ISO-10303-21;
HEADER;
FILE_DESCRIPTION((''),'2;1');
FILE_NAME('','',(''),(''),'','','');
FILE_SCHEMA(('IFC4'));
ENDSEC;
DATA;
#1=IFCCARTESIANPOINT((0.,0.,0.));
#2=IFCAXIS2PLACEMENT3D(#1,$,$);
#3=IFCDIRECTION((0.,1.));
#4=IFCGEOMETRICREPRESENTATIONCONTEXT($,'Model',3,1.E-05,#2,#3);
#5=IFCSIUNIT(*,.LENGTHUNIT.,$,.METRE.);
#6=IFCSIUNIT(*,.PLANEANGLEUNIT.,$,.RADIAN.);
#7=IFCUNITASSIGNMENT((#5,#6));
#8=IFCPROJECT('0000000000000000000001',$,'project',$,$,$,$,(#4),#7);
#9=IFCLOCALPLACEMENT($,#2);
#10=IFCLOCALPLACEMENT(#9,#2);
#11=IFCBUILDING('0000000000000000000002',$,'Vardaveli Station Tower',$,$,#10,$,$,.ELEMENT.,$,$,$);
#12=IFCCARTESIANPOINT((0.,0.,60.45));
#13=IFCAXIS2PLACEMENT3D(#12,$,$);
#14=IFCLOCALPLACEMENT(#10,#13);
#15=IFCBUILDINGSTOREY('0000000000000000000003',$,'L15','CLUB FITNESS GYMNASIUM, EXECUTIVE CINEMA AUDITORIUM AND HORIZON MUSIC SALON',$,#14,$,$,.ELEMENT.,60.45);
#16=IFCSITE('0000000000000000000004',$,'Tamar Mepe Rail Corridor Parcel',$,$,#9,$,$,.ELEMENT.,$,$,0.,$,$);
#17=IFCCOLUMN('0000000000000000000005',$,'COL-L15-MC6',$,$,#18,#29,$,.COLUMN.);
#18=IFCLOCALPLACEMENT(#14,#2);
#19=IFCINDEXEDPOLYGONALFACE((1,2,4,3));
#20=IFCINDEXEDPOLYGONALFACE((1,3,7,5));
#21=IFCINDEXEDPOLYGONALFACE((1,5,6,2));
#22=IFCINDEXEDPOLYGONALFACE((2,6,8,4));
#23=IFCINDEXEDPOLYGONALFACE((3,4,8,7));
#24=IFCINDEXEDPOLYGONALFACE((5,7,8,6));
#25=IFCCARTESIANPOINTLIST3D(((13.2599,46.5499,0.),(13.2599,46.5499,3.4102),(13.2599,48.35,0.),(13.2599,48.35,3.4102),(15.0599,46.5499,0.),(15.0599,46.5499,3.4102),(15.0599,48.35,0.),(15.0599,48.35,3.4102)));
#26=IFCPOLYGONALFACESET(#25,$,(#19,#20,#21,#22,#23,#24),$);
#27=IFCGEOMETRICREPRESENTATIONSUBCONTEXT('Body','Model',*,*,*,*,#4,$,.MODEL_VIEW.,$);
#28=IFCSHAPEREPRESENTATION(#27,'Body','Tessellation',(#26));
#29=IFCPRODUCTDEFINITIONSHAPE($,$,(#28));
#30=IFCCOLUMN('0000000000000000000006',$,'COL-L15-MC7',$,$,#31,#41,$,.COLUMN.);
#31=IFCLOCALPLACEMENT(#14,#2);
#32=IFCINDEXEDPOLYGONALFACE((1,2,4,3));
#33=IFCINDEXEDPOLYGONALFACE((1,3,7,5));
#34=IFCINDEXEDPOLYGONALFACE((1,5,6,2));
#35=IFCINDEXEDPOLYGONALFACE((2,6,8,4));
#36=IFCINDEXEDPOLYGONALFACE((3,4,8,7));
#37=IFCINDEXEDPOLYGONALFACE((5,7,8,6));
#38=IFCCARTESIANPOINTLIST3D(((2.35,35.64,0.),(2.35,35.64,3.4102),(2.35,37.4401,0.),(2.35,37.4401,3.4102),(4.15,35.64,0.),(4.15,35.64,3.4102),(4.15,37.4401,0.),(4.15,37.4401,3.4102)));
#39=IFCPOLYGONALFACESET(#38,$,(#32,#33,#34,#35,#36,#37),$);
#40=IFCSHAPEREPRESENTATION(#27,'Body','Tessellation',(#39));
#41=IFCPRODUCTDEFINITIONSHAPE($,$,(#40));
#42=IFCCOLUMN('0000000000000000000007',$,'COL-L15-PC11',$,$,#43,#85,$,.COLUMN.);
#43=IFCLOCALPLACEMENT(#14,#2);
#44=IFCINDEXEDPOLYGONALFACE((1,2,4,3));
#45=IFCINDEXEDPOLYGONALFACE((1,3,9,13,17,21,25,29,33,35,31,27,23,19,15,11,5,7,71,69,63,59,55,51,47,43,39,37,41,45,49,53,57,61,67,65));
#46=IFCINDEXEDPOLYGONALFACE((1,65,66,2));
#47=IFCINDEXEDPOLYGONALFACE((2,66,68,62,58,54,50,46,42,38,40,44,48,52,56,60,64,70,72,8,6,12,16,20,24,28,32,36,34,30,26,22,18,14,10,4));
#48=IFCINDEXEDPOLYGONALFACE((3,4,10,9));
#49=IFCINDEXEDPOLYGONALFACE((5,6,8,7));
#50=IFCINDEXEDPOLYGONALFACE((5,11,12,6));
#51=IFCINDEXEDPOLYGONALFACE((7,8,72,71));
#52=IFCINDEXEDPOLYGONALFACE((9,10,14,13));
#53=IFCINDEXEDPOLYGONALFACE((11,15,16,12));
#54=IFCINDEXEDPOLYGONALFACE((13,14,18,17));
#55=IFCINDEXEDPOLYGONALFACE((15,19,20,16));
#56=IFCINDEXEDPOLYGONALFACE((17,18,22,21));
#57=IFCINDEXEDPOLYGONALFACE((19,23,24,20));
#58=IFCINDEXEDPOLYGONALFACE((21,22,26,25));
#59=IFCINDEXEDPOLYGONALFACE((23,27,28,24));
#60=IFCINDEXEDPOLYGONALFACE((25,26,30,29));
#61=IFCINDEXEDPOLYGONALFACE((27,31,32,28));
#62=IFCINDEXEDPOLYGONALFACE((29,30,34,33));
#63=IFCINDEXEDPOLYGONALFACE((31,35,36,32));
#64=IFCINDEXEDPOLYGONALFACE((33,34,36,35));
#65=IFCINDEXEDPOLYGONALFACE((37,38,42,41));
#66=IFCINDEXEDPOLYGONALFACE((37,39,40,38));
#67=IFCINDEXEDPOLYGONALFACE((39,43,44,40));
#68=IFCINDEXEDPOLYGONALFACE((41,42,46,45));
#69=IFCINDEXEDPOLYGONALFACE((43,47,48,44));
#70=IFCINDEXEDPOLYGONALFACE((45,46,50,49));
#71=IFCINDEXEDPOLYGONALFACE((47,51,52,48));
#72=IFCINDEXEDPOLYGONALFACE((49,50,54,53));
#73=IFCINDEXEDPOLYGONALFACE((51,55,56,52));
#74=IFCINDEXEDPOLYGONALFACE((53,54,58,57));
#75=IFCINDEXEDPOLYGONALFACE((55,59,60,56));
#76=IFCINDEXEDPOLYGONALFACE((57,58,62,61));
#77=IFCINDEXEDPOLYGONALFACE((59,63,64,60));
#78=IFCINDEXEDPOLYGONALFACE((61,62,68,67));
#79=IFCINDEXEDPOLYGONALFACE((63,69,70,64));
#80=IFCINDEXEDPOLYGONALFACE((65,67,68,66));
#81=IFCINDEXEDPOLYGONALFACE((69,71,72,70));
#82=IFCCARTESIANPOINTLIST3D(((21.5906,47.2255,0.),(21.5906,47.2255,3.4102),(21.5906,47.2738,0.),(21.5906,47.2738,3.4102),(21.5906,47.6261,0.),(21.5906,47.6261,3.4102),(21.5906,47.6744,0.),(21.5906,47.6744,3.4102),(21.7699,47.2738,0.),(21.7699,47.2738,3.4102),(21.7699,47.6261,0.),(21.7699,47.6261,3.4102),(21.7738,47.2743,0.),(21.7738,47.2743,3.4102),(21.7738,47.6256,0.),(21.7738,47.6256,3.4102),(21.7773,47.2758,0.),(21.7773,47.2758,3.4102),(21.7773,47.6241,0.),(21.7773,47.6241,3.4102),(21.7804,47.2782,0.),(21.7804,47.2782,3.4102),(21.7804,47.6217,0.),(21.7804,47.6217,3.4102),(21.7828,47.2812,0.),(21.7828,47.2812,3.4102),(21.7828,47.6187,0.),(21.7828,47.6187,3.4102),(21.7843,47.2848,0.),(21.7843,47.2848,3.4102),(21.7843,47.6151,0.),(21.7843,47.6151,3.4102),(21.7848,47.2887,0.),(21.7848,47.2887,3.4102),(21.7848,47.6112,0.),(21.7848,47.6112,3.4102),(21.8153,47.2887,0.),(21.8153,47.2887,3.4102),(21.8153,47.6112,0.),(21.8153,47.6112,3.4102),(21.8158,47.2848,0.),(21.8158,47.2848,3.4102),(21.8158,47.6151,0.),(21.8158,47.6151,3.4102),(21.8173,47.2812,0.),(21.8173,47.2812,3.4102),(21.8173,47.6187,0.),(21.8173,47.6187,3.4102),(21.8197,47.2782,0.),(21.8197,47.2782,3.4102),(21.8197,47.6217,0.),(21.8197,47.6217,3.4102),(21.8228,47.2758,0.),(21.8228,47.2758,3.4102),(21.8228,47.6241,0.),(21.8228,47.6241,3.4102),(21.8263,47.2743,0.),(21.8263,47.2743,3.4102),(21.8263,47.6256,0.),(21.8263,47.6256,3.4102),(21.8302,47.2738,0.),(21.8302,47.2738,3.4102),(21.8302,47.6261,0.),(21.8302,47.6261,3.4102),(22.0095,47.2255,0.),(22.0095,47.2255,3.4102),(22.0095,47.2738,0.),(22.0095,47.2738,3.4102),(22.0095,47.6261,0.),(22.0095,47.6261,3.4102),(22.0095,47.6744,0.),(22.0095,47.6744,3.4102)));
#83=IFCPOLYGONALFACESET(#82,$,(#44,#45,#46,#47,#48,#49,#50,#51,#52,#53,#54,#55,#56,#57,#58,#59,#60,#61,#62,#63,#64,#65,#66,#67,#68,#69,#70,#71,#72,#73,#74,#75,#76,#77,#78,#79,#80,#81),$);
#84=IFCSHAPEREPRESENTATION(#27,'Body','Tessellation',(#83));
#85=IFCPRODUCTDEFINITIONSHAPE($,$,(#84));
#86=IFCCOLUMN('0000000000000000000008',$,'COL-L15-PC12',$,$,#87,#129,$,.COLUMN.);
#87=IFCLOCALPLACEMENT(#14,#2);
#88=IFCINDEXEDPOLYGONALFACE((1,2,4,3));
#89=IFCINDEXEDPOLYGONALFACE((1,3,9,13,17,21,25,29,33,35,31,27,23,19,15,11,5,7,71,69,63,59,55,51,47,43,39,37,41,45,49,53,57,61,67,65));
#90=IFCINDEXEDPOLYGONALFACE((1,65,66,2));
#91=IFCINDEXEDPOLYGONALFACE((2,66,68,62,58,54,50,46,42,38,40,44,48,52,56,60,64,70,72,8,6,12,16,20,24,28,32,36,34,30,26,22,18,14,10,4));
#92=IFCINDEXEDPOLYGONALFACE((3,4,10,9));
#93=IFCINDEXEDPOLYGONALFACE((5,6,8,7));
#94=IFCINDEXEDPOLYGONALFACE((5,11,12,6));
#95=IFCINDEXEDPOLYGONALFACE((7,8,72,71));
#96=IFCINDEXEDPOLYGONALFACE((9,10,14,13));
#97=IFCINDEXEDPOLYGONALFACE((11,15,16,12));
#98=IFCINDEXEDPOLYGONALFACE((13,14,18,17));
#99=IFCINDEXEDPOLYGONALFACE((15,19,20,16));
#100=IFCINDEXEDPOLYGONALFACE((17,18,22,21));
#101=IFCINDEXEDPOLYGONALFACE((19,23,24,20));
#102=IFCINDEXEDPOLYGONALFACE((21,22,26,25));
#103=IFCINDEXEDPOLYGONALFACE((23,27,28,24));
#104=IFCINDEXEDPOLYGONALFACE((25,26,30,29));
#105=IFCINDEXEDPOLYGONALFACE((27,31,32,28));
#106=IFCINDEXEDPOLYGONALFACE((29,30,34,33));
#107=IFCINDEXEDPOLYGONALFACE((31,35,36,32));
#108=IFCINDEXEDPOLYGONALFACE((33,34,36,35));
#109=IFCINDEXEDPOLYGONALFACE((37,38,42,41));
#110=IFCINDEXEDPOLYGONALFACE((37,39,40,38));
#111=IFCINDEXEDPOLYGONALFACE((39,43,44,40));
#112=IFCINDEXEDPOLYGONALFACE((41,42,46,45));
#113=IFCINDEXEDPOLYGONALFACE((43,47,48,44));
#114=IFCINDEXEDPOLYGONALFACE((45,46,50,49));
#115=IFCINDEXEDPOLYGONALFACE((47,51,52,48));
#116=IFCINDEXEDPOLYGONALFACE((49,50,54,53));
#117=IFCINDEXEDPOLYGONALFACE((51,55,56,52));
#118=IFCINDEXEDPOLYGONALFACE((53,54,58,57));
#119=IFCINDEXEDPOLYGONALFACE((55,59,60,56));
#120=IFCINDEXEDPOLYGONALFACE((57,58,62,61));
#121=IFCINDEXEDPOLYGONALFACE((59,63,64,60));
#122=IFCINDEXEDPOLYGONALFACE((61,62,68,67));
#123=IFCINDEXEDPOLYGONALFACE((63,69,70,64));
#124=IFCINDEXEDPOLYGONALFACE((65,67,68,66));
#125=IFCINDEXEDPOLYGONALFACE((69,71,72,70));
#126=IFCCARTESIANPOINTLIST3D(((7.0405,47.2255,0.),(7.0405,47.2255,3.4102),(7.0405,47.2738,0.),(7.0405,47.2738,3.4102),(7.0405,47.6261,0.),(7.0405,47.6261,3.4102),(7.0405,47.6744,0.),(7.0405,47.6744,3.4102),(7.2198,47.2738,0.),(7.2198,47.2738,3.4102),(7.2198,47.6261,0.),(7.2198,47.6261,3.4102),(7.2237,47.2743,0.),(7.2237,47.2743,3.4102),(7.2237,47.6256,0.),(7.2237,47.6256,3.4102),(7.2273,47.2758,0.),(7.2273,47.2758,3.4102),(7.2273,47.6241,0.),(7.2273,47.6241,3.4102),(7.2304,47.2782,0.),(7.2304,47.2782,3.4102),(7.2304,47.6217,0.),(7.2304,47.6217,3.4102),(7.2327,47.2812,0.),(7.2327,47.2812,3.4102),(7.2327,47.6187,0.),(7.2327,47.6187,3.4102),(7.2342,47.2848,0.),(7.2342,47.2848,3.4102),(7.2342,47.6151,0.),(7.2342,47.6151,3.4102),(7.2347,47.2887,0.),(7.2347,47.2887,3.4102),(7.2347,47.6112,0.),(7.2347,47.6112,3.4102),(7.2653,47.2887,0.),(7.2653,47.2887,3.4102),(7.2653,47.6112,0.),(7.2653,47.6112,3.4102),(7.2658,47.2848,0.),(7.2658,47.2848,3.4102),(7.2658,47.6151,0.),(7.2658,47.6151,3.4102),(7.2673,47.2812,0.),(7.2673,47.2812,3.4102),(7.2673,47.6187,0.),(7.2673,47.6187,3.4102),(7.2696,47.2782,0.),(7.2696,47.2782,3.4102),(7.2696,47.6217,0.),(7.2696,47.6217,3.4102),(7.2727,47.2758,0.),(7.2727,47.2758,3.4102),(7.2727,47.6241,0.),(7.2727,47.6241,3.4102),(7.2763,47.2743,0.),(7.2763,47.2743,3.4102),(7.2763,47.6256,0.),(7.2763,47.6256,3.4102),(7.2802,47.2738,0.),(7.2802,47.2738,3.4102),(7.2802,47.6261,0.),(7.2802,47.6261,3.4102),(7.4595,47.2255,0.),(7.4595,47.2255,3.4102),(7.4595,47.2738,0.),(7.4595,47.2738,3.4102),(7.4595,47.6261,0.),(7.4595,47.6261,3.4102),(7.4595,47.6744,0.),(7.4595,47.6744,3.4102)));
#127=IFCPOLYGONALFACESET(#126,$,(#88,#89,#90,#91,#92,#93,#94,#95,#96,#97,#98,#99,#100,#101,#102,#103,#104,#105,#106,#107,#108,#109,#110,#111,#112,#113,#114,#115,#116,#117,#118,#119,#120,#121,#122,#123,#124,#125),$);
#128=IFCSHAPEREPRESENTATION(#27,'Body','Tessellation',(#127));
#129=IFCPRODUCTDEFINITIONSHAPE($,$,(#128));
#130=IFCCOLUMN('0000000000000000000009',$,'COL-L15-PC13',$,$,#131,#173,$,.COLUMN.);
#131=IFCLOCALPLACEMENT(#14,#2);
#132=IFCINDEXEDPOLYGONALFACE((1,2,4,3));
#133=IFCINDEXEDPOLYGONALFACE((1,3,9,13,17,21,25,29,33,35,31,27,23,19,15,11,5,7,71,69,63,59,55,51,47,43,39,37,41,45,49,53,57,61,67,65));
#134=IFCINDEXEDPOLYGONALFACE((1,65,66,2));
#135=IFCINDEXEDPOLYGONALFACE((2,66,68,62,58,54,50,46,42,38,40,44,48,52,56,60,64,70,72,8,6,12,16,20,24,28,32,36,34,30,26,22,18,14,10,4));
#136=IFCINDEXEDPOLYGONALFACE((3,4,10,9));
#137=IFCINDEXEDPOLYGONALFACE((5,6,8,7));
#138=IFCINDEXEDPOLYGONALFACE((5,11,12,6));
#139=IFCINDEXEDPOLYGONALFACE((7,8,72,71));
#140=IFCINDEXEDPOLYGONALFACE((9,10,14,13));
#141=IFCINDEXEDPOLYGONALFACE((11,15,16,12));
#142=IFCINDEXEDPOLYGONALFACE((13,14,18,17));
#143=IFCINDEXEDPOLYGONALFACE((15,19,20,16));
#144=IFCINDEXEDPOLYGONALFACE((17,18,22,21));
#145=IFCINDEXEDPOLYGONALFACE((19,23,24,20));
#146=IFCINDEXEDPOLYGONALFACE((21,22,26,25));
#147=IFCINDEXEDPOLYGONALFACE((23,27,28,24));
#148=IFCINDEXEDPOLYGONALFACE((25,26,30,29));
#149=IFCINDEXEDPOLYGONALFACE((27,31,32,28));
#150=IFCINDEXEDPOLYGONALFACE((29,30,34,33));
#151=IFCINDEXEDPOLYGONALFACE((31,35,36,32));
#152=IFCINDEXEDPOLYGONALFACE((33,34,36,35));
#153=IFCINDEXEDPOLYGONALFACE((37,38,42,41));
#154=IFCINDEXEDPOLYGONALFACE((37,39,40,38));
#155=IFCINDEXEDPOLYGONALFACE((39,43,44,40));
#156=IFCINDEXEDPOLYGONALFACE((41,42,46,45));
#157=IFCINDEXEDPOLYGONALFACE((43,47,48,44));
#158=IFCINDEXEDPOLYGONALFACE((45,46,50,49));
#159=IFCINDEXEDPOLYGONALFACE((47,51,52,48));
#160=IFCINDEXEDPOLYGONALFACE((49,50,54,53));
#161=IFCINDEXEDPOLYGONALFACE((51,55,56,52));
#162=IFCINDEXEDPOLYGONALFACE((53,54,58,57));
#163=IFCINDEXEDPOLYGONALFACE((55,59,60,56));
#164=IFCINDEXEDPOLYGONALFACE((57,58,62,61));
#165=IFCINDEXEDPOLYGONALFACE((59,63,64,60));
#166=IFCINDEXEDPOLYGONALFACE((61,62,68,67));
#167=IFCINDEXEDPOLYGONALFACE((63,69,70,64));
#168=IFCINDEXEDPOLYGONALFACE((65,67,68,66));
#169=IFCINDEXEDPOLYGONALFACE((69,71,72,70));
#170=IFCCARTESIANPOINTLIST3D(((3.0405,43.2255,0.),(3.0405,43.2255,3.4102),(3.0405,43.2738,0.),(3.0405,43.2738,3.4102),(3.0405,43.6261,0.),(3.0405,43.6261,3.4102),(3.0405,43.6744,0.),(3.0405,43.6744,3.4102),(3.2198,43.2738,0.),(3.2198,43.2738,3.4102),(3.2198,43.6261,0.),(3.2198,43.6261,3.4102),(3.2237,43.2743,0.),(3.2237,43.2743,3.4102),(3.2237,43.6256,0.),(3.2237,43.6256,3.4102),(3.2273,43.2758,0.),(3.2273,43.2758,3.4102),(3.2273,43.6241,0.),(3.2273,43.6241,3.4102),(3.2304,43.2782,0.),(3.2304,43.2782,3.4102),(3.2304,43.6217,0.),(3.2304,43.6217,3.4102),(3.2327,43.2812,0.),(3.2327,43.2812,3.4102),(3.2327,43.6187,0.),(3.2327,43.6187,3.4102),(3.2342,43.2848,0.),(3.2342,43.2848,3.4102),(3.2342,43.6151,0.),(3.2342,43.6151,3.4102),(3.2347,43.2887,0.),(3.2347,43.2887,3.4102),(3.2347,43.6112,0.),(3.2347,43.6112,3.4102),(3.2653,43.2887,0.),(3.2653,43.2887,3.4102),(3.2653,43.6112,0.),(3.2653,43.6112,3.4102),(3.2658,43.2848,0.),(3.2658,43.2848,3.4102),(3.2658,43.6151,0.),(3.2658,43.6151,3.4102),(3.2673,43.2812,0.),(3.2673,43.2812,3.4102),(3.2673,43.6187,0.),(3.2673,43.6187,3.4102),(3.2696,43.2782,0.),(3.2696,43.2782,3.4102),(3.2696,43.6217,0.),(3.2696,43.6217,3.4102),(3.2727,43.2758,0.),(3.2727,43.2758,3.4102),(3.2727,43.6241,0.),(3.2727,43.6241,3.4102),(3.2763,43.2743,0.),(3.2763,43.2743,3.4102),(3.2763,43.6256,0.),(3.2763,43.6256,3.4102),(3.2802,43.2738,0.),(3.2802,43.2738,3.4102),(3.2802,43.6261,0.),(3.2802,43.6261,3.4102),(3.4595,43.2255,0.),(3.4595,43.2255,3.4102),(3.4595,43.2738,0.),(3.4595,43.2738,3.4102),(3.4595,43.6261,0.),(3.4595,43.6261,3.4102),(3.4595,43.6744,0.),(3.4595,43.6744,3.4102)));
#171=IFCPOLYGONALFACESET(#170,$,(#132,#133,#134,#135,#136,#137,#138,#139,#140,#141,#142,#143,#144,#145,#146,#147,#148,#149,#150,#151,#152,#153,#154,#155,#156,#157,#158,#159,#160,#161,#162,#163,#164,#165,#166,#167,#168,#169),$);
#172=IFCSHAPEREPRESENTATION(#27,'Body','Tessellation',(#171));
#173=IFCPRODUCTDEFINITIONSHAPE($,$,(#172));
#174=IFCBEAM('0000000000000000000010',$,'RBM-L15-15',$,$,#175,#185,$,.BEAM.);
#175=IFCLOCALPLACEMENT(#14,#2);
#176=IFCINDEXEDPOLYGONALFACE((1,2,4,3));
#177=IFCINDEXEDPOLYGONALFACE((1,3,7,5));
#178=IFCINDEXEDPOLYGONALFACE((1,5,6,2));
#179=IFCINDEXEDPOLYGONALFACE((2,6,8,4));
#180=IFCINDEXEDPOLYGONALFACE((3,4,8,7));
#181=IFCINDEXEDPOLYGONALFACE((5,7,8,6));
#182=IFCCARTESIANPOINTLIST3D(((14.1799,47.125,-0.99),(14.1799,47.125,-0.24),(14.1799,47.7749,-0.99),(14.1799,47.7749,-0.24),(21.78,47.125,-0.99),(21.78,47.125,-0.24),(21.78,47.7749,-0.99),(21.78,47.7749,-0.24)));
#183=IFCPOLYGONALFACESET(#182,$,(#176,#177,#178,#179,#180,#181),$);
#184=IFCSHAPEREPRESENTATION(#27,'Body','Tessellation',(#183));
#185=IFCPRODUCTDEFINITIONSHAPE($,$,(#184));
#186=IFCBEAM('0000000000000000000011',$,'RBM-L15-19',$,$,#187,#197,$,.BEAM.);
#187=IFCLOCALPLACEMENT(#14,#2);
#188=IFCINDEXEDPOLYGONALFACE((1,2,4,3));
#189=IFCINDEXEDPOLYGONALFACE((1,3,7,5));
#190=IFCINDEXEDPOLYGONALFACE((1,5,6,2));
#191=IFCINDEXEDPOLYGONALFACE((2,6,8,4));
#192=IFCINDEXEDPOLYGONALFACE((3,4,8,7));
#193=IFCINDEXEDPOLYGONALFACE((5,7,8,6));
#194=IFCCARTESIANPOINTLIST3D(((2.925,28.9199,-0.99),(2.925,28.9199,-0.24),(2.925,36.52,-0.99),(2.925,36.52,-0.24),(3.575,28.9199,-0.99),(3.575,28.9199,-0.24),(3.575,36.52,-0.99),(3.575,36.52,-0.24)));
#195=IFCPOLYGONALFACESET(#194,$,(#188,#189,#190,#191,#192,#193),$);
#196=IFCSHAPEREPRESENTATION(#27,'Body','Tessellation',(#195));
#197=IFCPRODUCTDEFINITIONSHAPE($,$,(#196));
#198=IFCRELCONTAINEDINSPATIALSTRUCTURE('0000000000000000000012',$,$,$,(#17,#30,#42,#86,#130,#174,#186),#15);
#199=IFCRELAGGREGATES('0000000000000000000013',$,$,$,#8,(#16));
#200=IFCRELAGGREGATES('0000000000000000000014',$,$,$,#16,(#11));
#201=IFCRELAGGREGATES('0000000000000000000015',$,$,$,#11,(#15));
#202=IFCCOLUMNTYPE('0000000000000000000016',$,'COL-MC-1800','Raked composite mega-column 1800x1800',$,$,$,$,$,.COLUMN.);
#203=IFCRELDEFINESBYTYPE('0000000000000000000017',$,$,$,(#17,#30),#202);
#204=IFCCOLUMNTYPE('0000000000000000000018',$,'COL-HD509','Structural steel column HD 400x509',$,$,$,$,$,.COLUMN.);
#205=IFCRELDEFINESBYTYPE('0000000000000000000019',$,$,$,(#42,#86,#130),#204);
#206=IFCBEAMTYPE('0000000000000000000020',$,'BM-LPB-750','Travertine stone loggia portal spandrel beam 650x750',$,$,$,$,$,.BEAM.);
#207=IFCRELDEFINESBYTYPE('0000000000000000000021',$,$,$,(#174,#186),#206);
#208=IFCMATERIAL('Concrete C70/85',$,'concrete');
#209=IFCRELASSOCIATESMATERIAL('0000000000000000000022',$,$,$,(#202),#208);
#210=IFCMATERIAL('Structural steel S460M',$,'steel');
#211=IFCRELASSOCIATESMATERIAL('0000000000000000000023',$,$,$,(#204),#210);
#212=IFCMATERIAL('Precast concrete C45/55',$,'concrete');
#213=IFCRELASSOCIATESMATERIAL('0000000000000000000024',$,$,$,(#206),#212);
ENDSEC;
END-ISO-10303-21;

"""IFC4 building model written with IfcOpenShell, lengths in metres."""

from ifc_helpers import new_model, si_unit, direction, frame, origin, origin_2d, place, context, subcontext, project, spatial, rectangle, i_section, extrude, source, transform, mapped, material, material_profile, profile_set, type_object, element, save


model = new_model("IFC4")

# Units and contexts
model_context = context("Model", 3, precision=1e-05, world=origin(), true_north=direction((0.0, 1.0)))
body_context = subcontext(model_context, "Body", "Model", "MODEL_VIEW")
ifc_project = project(units=[si_unit("LENGTHUNIT", "METRE"), si_unit("PLANEANGLEUNIT", "RADIAN")], contexts=[model_context])

# Site, building, storey
site_placement = place(None, origin())
site = spatial("IfcSite", under=ifc_project, at=site_placement, Name="Tamar Mepe Rail Corridor Parcel", CompositionType="ELEMENT", RefElevation=0.0)
building_placement = place(site_placement, origin())
building = spatial("IfcBuilding", under=site, at=building_placement, Name="Vardaveli Station Tower", CompositionType="ELEMENT")
storey_placement = place(building_placement, frame((0.0, 0.0, 60.45)))
storey = spatial("IfcBuildingStorey", under=building, at=storey_placement, Name="L15", Description="CLUB FITNESS GYMNASIUM, EXECUTIVE CINEMA AUDITORIUM AND HORIZON MUSIC SALON", CompositionType="ELEMENT", Elevation=60.45)

# Columns
ifc_material_1 = material(Name="Concrete C70/85", Category="concrete")
ifc_material_profile_1 = material_profile(ifc_material_1, rectangle(XDim=1.8, YDim=1.8, at=origin_2d()), Name="MC 1800x1800")
ifc_profile_set_1 = profile_set([ifc_material_profile_1], Name="Concrete C70/85")
column_type_1 = type_object("IfcColumnType", Name="COL-MC-1800", Description="Raked composite mega-column 1800x1800", PredefinedType="COLUMN", material=ifc_profile_set_1)
shared_shape_1 = source(origin(), body_context, "Body", "SweptSolid", [
    extrude(rectangle(XDim=1.8, YDim=1.8, at=origin_2d()), origin(), (0.0, 0.0, 1.0), 3.4102),
])
for number, where, z_axis, x_axis, name in (
    (1, (14.1599, 47.45, 0.0), (0.0, 0.0, 1.0), (1.0, 0.0, 0.0), "COL-L15-MC6"),
    (2, (3.25, 36.54, 0.0), (0.0, 0.0, 1.0), (1.0, 0.0, 0.0), "COL-L15-MC7"),
):
    element("IfcColumn", number, at=place(storey_placement, frame(where, z_axis=z_axis, x_axis=x_axis)), inside=storey, type_object=column_type_1, Name=name, PredefinedType="COLUMN", context=body_context, shape_type="MappedRepresentation", body=[
        mapped(shared_shape_1, transform((0.0, 0.0, 0.0), scale=1.0)),
    ])
ifc_material_2 = material(Name="Structural steel S460M", Category="steel")
ifc_material_profile_2 = material_profile(ifc_material_2, i_section(OverallWidth=0.4189, OverallDepth=0.449, WebThickness=0.0305, FlangeThickness=0.0483, FilletRadius=0.0149, at=origin_2d()), Name="HD 400x509")
ifc_profile_set_2 = profile_set([ifc_material_profile_2], Name="Structural steel S460M")
column_type_2 = type_object("IfcColumnType", Name="COL-HD509", Description="Structural steel column HD 400x509", PredefinedType="COLUMN", material=ifc_profile_set_2)
shared_shape_2 = source(origin(), body_context, "Body", "SweptSolid", [
    extrude(i_section(OverallWidth=0.4189, OverallDepth=0.449, WebThickness=0.0305, FlangeThickness=0.0483, FilletRadius=0.0149, at=origin_2d()), origin(), (0.0, 0.0, 1.0), 3.4102),
])
for number, where, z_axis, x_axis, name in (
    (3, (21.8, 47.45, 0.0), (0.0, 0.0, 1.0), (1.0, 0.0, 0.0), "COL-L15-PC11"),
    (4, (7.25, 47.45, 0.0), (0.0, 0.0, 1.0), (1.0, 0.0, 0.0), "COL-L15-PC12"),
    (5, (3.25, 43.45, 0.0), (0.0, 0.0, 1.0), (1.0, 0.0, 0.0), "COL-L15-PC13"),
):
    element("IfcColumn", number, at=place(storey_placement, frame(where, z_axis=z_axis, x_axis=x_axis)), inside=storey, type_object=column_type_2, Name=name, PredefinedType="COLUMN", context=body_context, shape_type="MappedRepresentation", body=[
        mapped(shared_shape_2, transform((0.0, 0.0, 0.0), scale=1.0)),
    ])

# Beams
ifc_material_3 = material(Name="Precast concrete C45/55", Category="concrete")
ifc_material_profile_3 = material_profile(ifc_material_3, rectangle(XDim=0.6499, YDim=0.75, at=origin_2d()), Name="LPB 650x750")
ifc_profile_set_3 = profile_set([ifc_material_profile_3], Name="Precast concrete C45/55")
beam_type = type_object("IfcBeamType", Name="BM-LPB-750", Description="Travertine stone loggia portal spandrel beam 650x750", PredefinedType="BEAM", material=ifc_profile_set_3)
shared_shape_3 = source(origin(), body_context, "Body", "SweptSolid", [
    extrude(rectangle(XDim=0.6499, YDim=0.75, at=origin_2d()), origin(), (0.0, 0.0, 1.0), 7.6001),
])
for number, where, z_axis, x_axis, name in (
    (6, (21.78, 47.45, -0.615), (-1.0, 0.0, 0.0), (0.0, -1.0, 0.0), "RBM-L15-15"),
    (7, (3.25, 36.52, -0.615), (0.0, -1.0, 0.0), (1.0, 0.0, 0.0), "RBM-L15-19"),
):
    element("IfcBeam", number, at=place(storey_placement, frame(where, z_axis=z_axis, x_axis=x_axis)), inside=storey, type_object=beam_type, Name=name, PredefinedType="BEAM", context=body_context, shape_type="MappedRepresentation", body=[
        mapped(shared_shape_3, transform((0.0, 0.0, 0.0), scale=1.0)),
    ])

save(model, "model.ifc")
